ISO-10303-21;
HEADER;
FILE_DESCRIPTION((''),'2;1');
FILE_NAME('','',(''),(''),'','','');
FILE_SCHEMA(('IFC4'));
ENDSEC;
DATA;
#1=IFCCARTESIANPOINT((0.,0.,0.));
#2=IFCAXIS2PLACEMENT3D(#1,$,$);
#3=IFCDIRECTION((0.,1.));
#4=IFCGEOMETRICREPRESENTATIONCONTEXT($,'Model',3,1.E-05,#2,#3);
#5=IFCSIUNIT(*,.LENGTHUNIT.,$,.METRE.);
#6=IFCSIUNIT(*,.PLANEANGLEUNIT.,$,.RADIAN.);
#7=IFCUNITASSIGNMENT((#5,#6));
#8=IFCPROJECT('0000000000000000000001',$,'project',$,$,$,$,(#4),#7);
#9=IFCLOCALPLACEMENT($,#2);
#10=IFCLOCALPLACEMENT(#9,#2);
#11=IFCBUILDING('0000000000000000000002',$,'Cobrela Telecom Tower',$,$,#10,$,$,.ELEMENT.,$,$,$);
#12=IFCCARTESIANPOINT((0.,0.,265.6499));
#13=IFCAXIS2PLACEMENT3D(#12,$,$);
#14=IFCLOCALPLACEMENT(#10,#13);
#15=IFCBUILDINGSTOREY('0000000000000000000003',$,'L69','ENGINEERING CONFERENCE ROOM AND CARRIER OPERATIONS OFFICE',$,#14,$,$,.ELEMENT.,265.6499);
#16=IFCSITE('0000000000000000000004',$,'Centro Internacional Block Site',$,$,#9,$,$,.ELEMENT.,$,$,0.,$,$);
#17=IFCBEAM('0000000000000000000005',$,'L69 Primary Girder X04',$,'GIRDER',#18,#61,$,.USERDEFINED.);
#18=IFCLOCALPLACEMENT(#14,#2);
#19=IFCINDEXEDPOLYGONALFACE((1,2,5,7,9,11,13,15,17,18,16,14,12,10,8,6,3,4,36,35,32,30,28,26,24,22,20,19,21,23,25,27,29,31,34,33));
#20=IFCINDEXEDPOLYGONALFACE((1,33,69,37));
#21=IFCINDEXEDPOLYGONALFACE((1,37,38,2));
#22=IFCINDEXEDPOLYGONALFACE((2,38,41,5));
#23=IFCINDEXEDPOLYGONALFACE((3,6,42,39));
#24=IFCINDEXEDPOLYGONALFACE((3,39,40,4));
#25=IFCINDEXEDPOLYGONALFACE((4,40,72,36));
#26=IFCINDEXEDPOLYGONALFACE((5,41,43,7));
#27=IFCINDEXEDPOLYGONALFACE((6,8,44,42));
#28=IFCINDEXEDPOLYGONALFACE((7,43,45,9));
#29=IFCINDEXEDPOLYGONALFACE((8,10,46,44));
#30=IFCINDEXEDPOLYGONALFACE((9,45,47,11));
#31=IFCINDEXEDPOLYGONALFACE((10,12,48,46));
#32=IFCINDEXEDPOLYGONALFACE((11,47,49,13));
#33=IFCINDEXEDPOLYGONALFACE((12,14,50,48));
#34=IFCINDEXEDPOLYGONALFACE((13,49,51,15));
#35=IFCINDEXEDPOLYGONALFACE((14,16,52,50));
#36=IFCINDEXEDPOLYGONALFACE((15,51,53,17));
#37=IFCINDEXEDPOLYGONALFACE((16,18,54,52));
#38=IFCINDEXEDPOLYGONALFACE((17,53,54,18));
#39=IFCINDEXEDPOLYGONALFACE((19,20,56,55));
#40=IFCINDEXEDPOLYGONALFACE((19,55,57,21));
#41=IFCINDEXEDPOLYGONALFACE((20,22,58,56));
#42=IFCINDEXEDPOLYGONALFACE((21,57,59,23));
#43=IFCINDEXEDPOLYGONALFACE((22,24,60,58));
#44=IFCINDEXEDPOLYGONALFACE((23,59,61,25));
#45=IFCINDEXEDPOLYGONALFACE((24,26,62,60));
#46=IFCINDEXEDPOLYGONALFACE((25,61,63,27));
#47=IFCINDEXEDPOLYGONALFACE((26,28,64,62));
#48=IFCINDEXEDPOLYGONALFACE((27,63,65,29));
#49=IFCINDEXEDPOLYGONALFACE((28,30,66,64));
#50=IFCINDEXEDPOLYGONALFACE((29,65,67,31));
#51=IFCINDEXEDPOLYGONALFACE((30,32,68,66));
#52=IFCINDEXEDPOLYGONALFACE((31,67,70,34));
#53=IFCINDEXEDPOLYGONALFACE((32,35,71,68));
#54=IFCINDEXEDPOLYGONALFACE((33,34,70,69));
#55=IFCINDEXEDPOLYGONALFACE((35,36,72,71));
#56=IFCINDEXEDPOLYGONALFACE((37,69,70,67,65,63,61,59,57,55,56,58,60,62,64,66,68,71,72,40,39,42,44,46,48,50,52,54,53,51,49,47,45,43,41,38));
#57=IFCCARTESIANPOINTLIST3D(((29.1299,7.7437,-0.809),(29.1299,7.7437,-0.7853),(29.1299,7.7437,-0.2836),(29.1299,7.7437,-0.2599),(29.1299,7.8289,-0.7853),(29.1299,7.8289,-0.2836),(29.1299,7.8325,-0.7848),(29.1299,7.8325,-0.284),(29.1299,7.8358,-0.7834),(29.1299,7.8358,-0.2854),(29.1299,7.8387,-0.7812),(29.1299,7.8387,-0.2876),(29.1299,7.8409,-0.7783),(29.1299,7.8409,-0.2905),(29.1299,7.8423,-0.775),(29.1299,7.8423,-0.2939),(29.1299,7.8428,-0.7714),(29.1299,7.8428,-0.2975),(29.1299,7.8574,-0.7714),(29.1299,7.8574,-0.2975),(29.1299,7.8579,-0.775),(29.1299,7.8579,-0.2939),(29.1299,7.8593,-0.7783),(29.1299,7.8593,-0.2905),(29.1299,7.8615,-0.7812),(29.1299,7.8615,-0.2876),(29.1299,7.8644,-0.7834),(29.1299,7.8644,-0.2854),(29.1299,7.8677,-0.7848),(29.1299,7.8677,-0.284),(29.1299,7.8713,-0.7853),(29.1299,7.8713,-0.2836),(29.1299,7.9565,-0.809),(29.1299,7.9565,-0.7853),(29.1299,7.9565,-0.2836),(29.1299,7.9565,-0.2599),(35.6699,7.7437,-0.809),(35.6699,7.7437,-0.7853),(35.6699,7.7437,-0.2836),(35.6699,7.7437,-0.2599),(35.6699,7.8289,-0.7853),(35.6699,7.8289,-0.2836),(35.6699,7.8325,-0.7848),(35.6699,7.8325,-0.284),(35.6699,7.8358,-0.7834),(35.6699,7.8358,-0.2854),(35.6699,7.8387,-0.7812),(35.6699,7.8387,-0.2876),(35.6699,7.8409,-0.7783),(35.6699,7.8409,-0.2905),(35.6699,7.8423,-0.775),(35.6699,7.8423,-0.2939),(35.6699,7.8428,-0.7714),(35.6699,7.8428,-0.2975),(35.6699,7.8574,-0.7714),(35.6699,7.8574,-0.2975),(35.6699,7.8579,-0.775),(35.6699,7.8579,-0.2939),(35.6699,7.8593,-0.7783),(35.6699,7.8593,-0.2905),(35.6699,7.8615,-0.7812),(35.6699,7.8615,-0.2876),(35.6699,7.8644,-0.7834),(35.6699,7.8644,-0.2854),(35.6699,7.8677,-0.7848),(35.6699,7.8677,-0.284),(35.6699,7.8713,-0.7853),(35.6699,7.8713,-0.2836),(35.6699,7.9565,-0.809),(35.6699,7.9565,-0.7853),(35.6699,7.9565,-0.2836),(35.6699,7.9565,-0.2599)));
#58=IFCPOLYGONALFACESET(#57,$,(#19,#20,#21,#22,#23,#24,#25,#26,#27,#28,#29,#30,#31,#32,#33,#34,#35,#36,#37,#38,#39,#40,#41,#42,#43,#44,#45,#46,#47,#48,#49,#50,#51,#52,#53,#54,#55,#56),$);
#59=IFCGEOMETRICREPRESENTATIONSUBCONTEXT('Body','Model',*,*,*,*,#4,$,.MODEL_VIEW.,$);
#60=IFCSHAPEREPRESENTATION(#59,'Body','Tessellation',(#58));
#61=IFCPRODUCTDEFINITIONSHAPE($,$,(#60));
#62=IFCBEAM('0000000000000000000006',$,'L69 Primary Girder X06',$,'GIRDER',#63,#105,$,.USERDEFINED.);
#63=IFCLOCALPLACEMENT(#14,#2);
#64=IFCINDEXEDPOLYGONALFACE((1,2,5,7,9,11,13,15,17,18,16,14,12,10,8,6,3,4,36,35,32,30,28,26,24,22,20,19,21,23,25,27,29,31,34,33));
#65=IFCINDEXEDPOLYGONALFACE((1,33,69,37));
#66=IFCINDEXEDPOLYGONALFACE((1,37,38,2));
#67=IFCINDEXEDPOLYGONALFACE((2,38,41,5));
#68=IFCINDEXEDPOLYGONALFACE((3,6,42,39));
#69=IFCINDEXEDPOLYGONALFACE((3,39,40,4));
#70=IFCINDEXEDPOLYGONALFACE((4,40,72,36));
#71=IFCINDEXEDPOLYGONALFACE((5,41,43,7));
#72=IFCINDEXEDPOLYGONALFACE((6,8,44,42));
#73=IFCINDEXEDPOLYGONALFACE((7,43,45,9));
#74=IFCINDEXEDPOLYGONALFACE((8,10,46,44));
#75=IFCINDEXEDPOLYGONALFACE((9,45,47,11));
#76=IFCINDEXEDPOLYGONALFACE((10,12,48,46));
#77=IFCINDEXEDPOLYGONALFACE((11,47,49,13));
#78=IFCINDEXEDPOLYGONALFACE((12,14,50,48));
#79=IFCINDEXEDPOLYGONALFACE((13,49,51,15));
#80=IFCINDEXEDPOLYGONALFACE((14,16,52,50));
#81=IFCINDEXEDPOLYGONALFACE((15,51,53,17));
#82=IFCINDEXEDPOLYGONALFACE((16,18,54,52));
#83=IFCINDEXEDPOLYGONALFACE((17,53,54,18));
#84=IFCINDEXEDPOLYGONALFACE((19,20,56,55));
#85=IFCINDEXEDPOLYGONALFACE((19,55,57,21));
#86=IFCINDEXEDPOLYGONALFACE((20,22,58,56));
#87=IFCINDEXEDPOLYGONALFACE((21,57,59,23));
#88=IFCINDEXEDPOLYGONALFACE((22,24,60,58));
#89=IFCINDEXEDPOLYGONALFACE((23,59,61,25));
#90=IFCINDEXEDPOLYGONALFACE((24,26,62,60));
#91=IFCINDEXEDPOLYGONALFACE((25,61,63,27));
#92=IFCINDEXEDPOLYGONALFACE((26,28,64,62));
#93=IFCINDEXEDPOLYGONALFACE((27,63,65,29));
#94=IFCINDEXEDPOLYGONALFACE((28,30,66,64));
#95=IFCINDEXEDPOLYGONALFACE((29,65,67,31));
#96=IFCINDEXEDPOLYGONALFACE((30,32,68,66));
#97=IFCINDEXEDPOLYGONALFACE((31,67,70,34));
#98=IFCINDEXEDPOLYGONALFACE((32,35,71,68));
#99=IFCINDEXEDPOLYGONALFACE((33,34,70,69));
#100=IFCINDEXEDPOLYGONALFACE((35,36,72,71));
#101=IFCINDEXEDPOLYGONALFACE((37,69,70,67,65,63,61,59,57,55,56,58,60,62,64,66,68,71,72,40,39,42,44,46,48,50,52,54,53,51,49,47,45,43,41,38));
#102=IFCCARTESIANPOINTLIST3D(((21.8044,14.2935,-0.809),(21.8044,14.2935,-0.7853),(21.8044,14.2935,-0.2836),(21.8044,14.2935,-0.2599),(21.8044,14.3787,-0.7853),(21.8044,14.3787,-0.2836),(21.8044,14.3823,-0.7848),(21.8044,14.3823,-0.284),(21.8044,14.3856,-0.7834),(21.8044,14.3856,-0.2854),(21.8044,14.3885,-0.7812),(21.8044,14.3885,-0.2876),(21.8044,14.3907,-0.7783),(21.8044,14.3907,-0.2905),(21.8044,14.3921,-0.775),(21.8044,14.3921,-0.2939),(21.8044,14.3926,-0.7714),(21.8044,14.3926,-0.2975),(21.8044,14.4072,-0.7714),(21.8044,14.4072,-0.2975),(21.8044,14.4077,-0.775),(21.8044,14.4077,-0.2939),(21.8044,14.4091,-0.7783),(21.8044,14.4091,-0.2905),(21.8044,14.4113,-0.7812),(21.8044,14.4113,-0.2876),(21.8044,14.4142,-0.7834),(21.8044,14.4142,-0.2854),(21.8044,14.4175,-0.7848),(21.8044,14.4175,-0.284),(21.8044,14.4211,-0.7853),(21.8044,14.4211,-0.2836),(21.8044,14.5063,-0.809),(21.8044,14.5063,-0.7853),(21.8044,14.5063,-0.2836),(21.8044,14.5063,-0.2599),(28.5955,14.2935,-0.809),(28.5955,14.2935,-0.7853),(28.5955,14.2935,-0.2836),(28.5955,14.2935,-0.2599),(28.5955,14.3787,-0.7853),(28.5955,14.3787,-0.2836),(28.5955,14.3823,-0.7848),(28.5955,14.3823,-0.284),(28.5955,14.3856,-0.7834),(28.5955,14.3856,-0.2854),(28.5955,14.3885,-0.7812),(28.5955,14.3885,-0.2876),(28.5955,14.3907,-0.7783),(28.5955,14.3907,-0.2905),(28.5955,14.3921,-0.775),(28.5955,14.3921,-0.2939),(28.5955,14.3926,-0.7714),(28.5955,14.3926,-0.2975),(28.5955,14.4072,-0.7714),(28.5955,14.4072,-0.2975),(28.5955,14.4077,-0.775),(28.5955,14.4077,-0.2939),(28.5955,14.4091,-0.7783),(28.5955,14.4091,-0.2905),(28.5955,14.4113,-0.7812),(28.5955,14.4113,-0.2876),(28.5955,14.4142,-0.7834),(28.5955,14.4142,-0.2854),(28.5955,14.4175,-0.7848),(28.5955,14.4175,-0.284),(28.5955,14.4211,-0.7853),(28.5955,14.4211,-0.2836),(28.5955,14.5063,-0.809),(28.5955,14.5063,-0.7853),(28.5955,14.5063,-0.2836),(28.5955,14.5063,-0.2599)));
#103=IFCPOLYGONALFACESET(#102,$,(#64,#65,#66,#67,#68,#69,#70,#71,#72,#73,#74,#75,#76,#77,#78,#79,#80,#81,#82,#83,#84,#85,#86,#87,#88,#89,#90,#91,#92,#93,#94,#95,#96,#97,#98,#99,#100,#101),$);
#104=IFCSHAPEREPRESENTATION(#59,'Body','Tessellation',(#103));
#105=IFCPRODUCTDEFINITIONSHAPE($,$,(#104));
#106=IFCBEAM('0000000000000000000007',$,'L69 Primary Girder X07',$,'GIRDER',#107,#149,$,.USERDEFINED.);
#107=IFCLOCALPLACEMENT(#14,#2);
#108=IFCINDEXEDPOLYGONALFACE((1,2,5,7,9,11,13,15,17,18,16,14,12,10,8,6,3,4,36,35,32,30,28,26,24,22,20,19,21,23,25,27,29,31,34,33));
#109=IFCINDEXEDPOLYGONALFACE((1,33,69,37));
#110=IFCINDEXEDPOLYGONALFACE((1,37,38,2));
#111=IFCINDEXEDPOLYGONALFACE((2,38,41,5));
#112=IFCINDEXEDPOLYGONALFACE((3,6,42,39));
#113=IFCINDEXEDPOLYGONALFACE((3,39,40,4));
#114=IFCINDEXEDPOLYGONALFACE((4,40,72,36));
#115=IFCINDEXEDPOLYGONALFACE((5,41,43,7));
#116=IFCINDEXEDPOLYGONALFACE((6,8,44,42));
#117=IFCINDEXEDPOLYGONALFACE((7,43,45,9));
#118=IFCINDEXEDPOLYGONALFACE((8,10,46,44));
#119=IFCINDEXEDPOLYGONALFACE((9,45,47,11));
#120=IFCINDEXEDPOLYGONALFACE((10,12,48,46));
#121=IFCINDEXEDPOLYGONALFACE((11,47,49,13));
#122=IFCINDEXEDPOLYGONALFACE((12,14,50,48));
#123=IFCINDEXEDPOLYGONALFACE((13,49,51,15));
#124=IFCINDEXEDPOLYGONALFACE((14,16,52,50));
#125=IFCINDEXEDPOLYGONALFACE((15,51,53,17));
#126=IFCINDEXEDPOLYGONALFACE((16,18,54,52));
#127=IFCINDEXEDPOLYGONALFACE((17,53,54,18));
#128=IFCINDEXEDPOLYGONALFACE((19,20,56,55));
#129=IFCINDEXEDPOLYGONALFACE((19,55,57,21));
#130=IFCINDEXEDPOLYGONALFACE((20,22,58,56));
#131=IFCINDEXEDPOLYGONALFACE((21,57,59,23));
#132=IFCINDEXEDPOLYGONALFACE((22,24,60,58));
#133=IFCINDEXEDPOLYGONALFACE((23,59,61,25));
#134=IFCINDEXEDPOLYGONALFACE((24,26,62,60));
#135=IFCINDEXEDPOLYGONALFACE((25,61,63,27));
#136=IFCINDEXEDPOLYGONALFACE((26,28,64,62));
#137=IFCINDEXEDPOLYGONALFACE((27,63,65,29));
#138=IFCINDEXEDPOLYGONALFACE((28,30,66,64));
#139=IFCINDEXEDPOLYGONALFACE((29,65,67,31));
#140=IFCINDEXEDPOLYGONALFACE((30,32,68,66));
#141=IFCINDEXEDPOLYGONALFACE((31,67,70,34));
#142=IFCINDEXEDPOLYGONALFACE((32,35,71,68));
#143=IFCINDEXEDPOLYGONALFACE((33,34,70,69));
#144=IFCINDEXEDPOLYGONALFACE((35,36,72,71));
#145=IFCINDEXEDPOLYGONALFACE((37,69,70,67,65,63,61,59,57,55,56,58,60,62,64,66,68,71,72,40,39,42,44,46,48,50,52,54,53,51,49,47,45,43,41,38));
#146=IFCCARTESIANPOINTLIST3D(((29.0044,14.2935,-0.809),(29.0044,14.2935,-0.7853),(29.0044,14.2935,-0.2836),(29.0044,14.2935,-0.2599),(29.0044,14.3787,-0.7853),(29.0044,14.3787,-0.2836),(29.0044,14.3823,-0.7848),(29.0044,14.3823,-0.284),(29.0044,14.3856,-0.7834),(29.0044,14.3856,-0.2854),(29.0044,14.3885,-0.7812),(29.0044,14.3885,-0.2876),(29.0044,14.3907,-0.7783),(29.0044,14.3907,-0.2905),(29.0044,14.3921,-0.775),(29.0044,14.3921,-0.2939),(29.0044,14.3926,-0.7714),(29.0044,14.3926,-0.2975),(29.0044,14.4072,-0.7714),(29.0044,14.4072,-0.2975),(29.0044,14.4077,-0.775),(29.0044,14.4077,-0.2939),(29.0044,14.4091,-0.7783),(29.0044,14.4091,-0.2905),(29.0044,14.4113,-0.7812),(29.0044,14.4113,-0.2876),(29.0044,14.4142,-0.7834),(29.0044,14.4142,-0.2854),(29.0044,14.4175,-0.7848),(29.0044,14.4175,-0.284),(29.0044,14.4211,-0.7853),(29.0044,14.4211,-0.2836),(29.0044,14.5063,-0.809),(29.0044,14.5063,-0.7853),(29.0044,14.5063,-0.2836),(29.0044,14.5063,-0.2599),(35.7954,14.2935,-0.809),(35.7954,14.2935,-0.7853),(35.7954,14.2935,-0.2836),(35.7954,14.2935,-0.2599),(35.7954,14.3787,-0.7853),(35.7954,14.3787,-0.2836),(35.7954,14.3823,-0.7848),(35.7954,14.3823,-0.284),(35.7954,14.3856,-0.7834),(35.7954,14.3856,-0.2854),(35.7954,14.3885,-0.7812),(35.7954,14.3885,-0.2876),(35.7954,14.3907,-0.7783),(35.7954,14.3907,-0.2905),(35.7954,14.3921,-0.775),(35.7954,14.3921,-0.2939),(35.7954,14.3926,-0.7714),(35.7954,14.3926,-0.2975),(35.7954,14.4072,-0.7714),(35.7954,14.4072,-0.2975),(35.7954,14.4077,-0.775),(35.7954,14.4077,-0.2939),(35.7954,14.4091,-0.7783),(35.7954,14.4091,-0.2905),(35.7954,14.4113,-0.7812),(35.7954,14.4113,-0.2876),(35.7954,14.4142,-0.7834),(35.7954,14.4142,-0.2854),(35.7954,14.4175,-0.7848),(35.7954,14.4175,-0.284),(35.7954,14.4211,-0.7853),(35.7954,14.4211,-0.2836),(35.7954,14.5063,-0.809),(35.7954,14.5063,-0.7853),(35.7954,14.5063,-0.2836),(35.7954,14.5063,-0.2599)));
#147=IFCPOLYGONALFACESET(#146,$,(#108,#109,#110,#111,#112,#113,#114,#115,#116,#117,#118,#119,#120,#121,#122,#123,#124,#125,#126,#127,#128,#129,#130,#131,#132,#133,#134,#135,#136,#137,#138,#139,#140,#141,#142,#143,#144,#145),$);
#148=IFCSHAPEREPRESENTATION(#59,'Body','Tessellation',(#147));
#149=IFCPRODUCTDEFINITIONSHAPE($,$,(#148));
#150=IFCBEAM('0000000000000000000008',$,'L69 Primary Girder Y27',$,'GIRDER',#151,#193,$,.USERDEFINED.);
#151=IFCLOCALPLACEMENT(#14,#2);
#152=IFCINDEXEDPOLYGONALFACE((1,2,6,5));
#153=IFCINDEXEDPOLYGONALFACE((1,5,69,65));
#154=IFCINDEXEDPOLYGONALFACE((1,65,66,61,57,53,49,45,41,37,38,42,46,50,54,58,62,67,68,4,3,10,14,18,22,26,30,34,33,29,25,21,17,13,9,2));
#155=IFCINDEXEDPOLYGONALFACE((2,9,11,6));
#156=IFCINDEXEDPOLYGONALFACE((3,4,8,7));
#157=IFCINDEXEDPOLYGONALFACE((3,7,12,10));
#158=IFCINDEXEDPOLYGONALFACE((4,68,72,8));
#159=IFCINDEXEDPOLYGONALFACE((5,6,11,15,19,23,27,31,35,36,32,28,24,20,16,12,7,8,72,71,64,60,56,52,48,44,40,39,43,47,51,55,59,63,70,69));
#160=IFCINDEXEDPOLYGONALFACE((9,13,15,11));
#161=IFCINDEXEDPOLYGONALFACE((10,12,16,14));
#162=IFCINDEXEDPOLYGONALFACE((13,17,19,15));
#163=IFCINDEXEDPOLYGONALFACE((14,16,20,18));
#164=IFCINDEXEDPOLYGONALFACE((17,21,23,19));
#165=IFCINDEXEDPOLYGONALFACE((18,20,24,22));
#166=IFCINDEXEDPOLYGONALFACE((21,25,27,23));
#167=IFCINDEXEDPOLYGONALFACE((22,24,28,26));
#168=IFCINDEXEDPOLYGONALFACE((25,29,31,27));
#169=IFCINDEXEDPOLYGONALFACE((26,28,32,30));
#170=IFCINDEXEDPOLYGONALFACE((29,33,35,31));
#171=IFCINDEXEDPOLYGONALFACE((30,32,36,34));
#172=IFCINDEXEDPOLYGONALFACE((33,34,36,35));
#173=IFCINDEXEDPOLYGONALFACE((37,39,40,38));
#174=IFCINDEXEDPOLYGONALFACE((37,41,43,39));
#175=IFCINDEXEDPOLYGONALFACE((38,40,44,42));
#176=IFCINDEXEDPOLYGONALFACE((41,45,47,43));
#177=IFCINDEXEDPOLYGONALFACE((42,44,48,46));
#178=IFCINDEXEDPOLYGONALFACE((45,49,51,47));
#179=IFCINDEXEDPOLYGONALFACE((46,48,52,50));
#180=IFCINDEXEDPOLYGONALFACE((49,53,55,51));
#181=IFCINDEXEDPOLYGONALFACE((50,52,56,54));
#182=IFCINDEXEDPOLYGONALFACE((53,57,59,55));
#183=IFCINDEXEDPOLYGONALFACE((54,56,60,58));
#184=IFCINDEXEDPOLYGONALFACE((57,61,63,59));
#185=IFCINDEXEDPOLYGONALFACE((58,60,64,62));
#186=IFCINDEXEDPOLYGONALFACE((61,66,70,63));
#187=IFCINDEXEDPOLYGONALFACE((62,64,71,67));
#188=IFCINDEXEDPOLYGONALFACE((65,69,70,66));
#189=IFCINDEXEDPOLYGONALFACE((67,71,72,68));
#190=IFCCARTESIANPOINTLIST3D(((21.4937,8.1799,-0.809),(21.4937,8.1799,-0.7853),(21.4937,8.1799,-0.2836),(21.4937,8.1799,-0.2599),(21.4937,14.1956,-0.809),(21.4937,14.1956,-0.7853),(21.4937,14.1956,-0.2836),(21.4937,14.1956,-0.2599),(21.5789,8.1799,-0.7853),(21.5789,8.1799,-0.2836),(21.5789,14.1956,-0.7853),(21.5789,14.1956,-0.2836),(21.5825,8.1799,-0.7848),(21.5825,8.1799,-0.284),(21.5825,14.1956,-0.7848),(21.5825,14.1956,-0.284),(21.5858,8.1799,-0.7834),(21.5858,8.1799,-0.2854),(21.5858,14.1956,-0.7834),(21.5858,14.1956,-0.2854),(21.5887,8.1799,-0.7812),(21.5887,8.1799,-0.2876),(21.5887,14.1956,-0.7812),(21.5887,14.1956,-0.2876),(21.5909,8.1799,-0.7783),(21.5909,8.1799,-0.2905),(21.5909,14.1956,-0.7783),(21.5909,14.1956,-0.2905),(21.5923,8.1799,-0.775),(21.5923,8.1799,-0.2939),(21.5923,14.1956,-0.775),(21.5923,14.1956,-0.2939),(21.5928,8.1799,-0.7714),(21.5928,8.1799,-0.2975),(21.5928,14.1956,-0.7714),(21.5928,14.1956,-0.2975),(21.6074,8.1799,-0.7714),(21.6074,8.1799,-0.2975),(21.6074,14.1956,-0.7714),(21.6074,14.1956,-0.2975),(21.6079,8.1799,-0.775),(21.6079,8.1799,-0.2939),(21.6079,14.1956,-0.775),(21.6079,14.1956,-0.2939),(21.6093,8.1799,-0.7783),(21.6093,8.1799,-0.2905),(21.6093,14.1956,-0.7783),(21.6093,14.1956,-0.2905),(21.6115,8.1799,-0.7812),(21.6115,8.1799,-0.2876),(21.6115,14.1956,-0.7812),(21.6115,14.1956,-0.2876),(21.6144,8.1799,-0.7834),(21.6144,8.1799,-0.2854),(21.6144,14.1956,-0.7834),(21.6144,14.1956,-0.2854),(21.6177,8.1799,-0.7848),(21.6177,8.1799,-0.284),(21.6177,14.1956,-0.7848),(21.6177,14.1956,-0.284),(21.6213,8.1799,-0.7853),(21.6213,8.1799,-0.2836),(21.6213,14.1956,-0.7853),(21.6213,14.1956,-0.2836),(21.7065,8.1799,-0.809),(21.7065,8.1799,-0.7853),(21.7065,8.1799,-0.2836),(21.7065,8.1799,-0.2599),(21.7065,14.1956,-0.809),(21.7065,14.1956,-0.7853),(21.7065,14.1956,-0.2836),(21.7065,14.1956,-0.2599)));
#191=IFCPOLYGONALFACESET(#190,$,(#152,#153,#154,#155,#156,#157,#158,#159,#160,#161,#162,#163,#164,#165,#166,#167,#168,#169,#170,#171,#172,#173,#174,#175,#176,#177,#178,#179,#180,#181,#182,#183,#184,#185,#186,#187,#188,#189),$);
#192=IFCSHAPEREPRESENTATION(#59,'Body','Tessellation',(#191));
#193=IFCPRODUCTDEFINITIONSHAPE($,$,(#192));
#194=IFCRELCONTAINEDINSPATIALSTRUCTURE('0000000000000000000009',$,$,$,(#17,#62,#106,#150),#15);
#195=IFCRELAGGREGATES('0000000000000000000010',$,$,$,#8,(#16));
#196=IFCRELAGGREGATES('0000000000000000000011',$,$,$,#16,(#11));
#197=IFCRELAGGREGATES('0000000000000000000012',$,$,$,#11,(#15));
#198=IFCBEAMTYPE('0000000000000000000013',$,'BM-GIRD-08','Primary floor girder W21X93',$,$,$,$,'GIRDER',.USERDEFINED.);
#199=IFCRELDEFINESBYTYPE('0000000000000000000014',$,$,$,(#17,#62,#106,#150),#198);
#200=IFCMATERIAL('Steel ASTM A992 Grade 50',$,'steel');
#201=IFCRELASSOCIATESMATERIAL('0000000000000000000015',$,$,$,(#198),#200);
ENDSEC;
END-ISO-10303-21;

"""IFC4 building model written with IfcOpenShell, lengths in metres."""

from ifc_helpers import new_model, si_unit, direction, frame, origin, origin_2d, place, context, subcontext, project, spatial, i_section, extrude, material, material_profile, profile_set, type_object, element, save


model = new_model("IFC4")

# Units and contexts
model_context = context("Model", 3, precision=1e-05, world=origin(), true_north=direction((0.0, 1.0)))
body_context = subcontext(model_context, "Body", "Model", "MODEL_VIEW")
ifc_project = project(units=[si_unit("LENGTHUNIT", "METRE"), si_unit("PLANEANGLEUNIT", "RADIAN")], contexts=[model_context])

# Site, building, storey
site_placement = place(None, origin())
site = spatial("IfcSite", under=ifc_project, at=site_placement, Name="Centro Internacional Block Site", CompositionType="ELEMENT", RefElevation=0.0)
building_placement = place(site_placement, origin())
building = spatial("IfcBuilding", under=site, at=building_placement, Name="Cobrela Telecom Tower", CompositionType="ELEMENT")
storey_placement = place(building_placement, frame((0.0, 0.0, 265.6499)))
storey = spatial("IfcBuildingStorey", under=building, at=storey_placement, Name="L69", Description="ENGINEERING CONFERENCE ROOM AND CARRIER OPERATIONS OFFICE", CompositionType="ELEMENT", Elevation=265.6499)

# Shared definitions
ifc_material_1 = material(Name="Steel ASTM A992 Grade 50", Category="steel")

# Beams
ifc_material_profile_1 = material_profile(ifc_material_1, i_section(OverallWidth=0.2129, OverallDepth=0.5491, WebThickness=0.0146, FlangeThickness=0.0237, FilletRadius=0.0139, at=origin_2d()), Name="W21X93")
ifc_profile_set_1 = profile_set([ifc_material_profile_1], Name="Steel ASTM A992 Grade 50")
beam_type_1 = type_object("IfcBeamType", Name="BM-GIRD-08", Description="Primary floor girder W21X93", ElementType="GIRDER", PredefinedType="USERDEFINED", material=ifc_profile_set_1)
for number, where, z_axis, x_axis, name in (
    (1, (29.1299, 7.8501, -0.5344), (1.0, 0.0, 0.0), (0.0, 1.0, 0.0), "L69 Primary Girder X04"),
):
    element("IfcBeam", number, at=place(storey_placement, frame(where, z_axis=z_axis, x_axis=x_axis)), inside=storey, type_object=beam_type_1, Name=name, ObjectType="GIRDER", PredefinedType="USERDEFINED", context=body_context, shape_type="SweptSolid", body=[
        extrude(i_section(OverallWidth=0.2129, OverallDepth=0.5491, WebThickness=0.0146, FlangeThickness=0.0237, FilletRadius=0.0139, at=origin_2d()), origin(), (0.0, 0.0, 1.0), 6.54),
    ])
for number, where, z_axis, x_axis, name in (
    (2, (21.8044, 14.3999, -0.5344), (1.0, 0.0, 0.0), (0.0, 1.0, 0.0), "L69 Primary Girder X06"),
    (3, (29.0044, 14.3999, -0.5344), (1.0, 0.0, 0.0), (0.0, 1.0, 0.0), "L69 Primary Girder X07"),
):
    element("IfcBeam", number, at=place(storey_placement, frame(where, z_axis=z_axis, x_axis=x_axis)), inside=storey, type_object=beam_type_1, Name=name, ObjectType="GIRDER", PredefinedType="USERDEFINED", context=body_context, shape_type="SweptSolid", body=[
        extrude(i_section(OverallWidth=0.2129, OverallDepth=0.5491, WebThickness=0.0146, FlangeThickness=0.0237, FilletRadius=0.0139, at=origin_2d()), origin(), (0.0, 0.0, 1.0), 6.791),
    ])
beam_1_placement = place(storey_placement, frame((21.6001, 8.1799, -0.5344), z_axis=(0.0, 1.0, 0.0), x_axis=(-1.0, 0.0, 0.0)))
element("IfcBeam", 4, at=beam_1_placement, inside=storey, type_object=beam_type_1, Name="L69 Primary Girder Y27", ObjectType="GIRDER", PredefinedType="USERDEFINED", context=body_context, shape_type="SweptSolid", body=[
    extrude(i_section(OverallWidth=0.2129, OverallDepth=0.5491, WebThickness=0.0146, FlangeThickness=0.0237, FilletRadius=0.0139, at=origin_2d()), origin(), (0.0, 0.0, 1.0), 6.0156),
])

save(model, "model.ifc")
